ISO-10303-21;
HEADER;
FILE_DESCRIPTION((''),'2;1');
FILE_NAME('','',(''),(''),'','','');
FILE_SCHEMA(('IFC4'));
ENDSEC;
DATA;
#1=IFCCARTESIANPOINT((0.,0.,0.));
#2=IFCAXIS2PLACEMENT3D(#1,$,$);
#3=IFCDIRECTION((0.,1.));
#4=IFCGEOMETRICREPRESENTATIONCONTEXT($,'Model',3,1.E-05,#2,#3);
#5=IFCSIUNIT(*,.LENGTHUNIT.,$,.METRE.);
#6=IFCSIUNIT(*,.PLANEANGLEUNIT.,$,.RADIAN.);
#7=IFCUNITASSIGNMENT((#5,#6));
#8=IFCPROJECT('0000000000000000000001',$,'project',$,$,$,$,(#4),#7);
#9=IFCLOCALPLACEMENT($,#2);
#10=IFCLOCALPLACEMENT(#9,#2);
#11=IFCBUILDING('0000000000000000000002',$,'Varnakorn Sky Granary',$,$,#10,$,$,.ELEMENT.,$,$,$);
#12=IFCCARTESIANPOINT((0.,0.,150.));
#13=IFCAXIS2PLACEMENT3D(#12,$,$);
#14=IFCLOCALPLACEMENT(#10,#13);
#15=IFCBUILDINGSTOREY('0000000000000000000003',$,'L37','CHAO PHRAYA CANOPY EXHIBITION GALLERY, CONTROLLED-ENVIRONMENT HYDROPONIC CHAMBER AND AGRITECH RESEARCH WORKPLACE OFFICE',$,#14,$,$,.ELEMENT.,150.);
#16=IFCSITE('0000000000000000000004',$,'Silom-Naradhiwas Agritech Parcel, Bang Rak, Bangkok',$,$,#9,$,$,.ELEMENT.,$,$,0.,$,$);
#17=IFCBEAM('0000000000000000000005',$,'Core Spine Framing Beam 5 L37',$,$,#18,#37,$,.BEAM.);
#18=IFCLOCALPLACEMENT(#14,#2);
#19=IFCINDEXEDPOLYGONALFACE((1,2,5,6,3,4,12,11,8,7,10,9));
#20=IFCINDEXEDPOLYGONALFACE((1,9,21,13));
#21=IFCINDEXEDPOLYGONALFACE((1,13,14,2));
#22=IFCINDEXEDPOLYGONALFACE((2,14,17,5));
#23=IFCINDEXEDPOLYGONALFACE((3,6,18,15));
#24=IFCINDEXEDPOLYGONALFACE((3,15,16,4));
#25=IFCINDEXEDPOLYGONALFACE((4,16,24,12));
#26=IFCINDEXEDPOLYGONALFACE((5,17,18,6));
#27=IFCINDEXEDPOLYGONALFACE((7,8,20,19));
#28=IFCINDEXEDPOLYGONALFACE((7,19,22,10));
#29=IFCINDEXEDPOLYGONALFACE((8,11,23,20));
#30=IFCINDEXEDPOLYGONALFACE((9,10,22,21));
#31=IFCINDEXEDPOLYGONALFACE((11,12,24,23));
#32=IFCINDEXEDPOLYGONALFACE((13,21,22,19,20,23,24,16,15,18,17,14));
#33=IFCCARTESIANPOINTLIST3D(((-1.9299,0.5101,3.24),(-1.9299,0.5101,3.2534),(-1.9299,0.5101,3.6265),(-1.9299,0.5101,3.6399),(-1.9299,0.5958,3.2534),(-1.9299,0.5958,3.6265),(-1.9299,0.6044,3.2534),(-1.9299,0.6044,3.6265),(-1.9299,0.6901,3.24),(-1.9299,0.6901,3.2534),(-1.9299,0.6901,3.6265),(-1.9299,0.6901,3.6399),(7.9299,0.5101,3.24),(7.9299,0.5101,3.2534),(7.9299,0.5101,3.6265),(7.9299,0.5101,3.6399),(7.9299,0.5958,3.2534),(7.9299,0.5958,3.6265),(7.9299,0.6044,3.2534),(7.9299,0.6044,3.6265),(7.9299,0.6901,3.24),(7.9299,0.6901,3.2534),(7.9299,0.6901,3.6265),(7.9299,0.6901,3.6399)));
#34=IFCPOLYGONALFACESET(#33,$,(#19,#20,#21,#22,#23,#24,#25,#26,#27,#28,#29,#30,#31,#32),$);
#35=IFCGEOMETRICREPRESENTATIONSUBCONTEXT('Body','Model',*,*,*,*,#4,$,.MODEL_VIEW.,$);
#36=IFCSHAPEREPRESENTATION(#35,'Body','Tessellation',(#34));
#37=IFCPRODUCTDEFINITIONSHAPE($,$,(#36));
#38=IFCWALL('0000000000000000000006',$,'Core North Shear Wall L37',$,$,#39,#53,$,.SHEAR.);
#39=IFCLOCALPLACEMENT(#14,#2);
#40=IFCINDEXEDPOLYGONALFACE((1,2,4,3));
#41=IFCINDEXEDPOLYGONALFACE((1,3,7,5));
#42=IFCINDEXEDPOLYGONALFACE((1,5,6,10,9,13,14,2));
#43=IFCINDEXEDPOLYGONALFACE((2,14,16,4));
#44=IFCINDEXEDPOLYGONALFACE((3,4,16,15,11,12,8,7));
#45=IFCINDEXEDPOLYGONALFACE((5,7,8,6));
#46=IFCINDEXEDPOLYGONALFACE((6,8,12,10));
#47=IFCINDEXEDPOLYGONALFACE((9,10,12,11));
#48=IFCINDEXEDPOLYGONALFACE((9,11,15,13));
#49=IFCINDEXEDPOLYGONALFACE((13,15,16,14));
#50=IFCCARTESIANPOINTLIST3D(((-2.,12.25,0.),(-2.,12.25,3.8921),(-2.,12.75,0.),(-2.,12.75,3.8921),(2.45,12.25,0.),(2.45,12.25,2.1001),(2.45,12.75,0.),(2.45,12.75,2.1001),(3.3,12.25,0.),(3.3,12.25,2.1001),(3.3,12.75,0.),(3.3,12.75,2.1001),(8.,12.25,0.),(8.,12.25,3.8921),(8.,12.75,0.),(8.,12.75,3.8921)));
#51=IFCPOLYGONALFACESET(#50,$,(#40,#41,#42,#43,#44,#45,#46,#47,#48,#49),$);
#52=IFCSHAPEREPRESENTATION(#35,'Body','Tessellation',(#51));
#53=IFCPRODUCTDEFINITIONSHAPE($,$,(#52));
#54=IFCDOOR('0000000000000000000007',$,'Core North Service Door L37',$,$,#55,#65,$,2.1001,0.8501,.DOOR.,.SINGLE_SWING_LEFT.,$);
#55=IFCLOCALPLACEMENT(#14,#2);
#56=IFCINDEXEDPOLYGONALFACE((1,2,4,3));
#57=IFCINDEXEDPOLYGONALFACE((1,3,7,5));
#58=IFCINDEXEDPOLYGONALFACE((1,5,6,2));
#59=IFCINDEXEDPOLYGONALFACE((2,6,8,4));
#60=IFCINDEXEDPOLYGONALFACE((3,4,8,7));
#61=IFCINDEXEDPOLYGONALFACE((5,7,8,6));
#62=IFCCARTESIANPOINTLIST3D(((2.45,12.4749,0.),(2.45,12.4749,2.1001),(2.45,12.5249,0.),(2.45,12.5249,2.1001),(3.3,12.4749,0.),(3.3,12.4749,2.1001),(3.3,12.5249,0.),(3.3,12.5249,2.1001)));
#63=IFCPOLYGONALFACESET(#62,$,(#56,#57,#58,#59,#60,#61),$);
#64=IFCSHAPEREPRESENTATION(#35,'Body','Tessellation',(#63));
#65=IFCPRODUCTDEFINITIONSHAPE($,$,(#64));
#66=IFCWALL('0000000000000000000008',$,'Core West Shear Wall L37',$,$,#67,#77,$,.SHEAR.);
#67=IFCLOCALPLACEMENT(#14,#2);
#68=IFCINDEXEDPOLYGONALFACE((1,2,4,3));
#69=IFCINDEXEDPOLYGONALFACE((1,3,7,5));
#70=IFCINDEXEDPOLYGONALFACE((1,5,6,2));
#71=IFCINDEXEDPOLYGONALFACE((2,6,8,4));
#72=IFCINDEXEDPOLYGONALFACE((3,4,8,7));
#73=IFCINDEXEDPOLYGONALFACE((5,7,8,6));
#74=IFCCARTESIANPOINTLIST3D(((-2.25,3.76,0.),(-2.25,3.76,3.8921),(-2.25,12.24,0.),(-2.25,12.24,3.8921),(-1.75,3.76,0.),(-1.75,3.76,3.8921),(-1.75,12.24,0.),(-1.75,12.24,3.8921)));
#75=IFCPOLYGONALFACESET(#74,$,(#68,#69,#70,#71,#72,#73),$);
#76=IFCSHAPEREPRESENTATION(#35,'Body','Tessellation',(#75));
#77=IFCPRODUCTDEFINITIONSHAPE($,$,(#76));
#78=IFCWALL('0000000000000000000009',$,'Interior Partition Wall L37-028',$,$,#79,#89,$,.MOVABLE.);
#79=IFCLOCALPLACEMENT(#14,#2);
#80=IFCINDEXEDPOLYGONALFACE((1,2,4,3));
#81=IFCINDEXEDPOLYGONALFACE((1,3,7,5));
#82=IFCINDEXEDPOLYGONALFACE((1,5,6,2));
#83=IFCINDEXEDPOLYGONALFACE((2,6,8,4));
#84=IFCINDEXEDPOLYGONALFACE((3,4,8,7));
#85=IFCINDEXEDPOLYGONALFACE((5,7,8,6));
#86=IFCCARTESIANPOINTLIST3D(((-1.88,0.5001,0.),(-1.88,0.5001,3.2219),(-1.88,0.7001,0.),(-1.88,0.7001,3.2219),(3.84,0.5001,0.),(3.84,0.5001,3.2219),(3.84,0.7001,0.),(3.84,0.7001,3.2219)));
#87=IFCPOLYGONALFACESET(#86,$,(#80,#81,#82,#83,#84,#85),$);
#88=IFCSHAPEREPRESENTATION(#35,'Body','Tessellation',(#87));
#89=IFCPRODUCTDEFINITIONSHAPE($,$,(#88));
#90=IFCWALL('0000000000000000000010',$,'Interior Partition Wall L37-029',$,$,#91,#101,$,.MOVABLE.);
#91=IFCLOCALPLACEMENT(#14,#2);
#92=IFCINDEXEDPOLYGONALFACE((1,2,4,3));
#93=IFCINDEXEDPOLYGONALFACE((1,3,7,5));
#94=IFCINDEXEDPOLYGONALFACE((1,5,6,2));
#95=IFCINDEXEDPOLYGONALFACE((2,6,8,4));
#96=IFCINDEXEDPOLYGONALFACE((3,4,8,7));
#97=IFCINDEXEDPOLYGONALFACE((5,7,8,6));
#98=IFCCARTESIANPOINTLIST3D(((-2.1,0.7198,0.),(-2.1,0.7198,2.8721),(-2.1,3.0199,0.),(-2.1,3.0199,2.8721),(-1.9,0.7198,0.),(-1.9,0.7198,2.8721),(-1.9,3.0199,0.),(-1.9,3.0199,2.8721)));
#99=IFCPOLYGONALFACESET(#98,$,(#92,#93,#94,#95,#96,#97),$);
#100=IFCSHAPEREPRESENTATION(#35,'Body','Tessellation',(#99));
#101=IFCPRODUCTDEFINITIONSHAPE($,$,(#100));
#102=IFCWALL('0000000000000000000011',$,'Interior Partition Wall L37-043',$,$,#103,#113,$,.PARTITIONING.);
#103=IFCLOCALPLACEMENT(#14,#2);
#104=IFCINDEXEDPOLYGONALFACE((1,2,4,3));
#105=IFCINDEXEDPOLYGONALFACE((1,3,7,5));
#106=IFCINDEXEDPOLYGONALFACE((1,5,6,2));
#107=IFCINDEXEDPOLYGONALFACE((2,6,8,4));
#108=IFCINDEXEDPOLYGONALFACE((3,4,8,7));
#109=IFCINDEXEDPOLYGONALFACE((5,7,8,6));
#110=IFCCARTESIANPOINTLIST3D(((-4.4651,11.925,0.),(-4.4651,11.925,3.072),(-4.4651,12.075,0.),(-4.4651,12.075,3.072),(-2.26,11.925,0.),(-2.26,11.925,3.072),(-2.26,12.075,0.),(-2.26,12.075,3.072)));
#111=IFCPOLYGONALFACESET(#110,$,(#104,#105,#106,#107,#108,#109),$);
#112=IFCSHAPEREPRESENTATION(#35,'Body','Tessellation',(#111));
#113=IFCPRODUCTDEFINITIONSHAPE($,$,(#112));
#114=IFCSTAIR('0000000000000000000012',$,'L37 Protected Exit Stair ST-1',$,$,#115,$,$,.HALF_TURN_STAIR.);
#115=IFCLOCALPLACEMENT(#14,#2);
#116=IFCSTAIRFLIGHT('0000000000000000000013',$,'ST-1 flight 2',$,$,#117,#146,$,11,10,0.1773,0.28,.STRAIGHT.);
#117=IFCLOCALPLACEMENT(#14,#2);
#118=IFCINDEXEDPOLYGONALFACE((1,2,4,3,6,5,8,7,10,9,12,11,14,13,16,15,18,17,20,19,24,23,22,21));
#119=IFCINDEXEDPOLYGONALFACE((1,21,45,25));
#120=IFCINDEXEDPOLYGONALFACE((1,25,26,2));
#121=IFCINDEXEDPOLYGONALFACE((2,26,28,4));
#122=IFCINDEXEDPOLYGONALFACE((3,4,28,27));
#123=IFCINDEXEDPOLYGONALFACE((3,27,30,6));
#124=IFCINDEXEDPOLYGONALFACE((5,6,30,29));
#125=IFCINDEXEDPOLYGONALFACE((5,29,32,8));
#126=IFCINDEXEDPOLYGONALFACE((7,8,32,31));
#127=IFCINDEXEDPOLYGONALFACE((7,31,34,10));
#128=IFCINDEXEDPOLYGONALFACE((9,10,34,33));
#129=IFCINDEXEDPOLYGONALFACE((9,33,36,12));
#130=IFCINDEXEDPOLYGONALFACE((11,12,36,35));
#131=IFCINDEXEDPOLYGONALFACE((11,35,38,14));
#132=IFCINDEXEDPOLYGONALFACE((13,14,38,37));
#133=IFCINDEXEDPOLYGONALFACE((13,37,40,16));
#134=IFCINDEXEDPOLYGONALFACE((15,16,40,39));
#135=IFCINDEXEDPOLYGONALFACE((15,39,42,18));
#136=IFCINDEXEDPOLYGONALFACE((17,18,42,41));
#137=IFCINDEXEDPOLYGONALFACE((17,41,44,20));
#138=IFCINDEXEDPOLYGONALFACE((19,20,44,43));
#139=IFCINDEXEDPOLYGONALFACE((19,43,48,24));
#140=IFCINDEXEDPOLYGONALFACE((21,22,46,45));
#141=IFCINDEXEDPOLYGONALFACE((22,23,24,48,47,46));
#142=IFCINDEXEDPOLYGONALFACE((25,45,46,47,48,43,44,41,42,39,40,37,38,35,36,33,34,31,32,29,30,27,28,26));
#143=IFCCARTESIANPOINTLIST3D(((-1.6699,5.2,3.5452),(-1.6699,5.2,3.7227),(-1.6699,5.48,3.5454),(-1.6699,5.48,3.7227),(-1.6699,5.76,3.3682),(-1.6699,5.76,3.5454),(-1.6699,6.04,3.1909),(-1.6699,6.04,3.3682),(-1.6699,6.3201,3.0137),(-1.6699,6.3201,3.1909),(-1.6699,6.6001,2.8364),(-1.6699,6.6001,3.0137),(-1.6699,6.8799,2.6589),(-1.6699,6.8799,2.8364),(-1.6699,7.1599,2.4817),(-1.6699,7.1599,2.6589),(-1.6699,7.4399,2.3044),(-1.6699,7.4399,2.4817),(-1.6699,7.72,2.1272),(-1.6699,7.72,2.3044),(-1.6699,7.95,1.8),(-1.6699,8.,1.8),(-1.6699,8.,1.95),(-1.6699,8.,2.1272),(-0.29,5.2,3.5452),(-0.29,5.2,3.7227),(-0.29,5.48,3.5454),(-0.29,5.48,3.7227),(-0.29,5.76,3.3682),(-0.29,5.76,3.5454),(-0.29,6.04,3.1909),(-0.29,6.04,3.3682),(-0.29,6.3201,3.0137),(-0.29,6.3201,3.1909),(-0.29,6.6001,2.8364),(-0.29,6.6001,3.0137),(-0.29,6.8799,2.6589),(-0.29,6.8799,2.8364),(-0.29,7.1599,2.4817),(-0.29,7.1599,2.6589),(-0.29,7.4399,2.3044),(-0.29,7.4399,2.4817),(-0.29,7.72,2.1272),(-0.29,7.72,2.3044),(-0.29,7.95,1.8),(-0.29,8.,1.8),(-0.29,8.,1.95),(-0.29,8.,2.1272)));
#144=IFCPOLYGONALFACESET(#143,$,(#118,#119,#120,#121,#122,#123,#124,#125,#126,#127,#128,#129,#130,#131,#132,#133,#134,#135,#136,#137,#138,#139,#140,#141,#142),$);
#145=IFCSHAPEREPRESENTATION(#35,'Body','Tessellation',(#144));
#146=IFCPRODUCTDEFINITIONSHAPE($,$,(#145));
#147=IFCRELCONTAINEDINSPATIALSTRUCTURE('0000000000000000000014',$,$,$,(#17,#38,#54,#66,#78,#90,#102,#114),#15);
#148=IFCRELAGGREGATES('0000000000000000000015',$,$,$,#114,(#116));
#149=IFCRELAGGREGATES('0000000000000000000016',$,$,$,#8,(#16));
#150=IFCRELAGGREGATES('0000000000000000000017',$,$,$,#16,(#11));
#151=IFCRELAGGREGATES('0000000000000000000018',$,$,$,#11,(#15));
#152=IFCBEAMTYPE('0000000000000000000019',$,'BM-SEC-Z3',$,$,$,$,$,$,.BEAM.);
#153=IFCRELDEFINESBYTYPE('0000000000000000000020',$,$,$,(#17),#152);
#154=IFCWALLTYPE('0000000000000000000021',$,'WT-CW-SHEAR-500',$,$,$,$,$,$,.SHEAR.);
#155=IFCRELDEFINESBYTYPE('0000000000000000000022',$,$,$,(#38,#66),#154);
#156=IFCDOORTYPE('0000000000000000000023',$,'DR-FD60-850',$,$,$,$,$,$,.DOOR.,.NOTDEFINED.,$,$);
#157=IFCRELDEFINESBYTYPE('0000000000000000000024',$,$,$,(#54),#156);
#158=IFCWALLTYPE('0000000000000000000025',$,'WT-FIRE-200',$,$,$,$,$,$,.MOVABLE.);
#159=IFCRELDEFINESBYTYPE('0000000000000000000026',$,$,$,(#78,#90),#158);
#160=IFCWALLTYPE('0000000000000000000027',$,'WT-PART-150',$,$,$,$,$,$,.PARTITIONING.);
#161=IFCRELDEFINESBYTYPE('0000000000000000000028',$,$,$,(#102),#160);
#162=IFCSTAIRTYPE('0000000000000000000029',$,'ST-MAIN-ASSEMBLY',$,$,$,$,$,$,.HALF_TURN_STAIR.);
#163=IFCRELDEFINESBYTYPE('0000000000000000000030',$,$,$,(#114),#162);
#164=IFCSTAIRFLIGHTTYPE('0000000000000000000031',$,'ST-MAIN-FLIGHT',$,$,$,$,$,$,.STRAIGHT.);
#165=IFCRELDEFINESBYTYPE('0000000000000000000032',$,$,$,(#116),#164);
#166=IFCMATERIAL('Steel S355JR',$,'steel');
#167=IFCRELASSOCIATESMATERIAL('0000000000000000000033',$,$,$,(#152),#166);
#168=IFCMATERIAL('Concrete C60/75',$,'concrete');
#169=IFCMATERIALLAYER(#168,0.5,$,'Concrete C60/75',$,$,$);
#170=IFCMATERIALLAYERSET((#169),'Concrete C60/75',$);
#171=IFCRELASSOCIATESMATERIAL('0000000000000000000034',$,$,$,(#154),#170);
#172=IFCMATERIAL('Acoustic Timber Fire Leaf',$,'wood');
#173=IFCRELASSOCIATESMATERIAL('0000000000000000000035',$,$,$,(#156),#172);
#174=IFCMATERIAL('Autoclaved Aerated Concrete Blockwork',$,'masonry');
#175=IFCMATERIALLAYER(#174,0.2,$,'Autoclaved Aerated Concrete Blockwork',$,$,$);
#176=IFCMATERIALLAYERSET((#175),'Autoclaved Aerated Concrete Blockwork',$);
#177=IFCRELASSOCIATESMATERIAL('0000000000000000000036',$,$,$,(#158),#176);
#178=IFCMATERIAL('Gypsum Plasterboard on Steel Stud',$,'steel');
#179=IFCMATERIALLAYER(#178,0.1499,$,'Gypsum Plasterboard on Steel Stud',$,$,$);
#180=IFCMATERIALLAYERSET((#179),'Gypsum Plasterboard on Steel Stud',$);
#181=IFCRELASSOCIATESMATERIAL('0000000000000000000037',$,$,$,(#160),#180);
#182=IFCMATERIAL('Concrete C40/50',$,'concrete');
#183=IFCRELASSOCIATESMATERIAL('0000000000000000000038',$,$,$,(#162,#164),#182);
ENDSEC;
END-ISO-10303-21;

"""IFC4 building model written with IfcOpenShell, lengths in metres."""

from ifc_helpers import new_model, si_unit, direction, frame, frame_2d, origin, origin_2d, place, context, subcontext, project, spatial, polyline, rectangle, i_section, outline, extrude, material, layer, layer_set, material_profile, profile_set, type_object, element, fill, aggregate, save


model = new_model("IFC4")

# Units and contexts
model_context = context("Model", 3, precision=1e-05, world=origin(), true_north=direction((0.0, 1.0)))
body_context = subcontext(model_context, "Body", "Model", "MODEL_VIEW")
ifc_project = project(units=[si_unit("LENGTHUNIT", "METRE"), si_unit("PLANEANGLEUNIT", "RADIAN")], contexts=[model_context])

# Site, building, storey
site_placement = place(None, origin())
site = spatial("IfcSite", under=ifc_project, at=site_placement, Name="Silom-Naradhiwas Agritech Parcel, Bang Rak, Bangkok", CompositionType="ELEMENT", RefElevation=0.0)
building_placement = place(site_placement, origin())
building = spatial("IfcBuilding", under=site, at=building_placement, Name="Varnakorn Sky Granary", CompositionType="ELEMENT")
storey_placement = place(building_placement, frame((0.0, 0.0, 150.0)))
storey = spatial("IfcBuildingStorey", under=building, at=storey_placement, Name="L37", Description="CHAO PHRAYA CANOPY EXHIBITION GALLERY, CONTROLLED-ENVIRONMENT HYDROPONIC CHAMBER AND AGRITECH RESEARCH WORKPLACE OFFICE", CompositionType="ELEMENT", Elevation=150.0)

# Beam
ifc_material_1 = material(Name="Steel S355JR", Category="steel")
ifc_material_2 = material(Name="Concrete C60/75", Category="concrete")
ifc_material_profile_1 = material_profile(ifc_material_1, i_section(OverallWidth=0.1799, OverallDepth=0.3999, WebThickness=0.0085, FlangeThickness=0.0134, at=origin_2d()), Name="IPE 400")
ifc_profile_set_1 = profile_set([ifc_material_profile_1], Name="Steel S355JR")
beam_type_1 = type_object("IfcBeamType", Name="BM-SEC-Z3", PredefinedType="BEAM", material=ifc_profile_set_1)
beam_1_placement = place(storey_placement, frame((-1.9299, 0.6001, 3.4399), z_axis=(1.0, 0.0, 0.0), x_axis=(0.0, 1.0, 0.0)))
element("IfcBeam", 1, at=beam_1_placement, inside=storey, type_object=beam_type_1, Name="Core Spine Framing Beam 5 L37", PredefinedType="BEAM", context=body_context, shape_type="SweptSolid", body=[
    extrude(i_section(OverallWidth=0.1799, OverallDepth=0.3999, WebThickness=0.0085, FlangeThickness=0.0134, at=origin_2d()), origin(), (0.0, 0.0, 1.0), 9.8599),
])

# Shared definitions
ifc_layer_1 = layer(ifc_material_2, 0.5, Name="Concrete C60/75")
ifc_layer_set_1 = layer_set([ifc_layer_1], Name="Concrete C60/75")
wall_type_1 = type_object("IfcWallType", Name="WT-CW-SHEAR-500", PredefinedType="SHEAR", material=ifc_layer_set_1)

# Wall, opening, door
wall_1_placement = place(storey_placement, frame((-2.0, 12.5, 0.0), z_axis=(0.0, 0.0, 1.0), x_axis=(1.0, 0.0, 0.0)))
wall_1 = element("IfcWall", 2, at=wall_1_placement, inside=storey, type_object=wall_type_1, Name="Core North Shear Wall L37", PredefinedType="SHEAR", context=body_context, shape_type="SweptSolid", body=[
    extrude(rectangle(XDim=10.0, YDim=0.5, at=frame_2d((5.0, 0.0))), origin(), (0.0, 0.0, 1.0), 3.8921),
])
opening_1_placement = place(wall_1_placement, frame((4.45, 0.0, 0.0)))
opening_1 = element("IfcOpeningElement", 3, at=opening_1_placement, cuts=wall_1, PredefinedType="OPENING", context=body_context, shape_type="SweptSolid", body=[
    extrude(rectangle(XDim=0.8501, YDim=2.1001, at=frame_2d((0.425, 1.05))), frame((0.0, 0.26, 0.0), z_axis=(0.0, -1.0, 0.0), x_axis=(1.0, 0.0, 0.0)), (0.0, 0.0, 1.0), 0.52),
])
ifc_material_3 = material(Name="Acoustic Timber Fire Leaf", Category="wood")
door_type_1 = type_object("IfcDoorType", Name="DR-FD60-850", OperationType="NOTDEFINED", PredefinedType="DOOR", material=ifc_material_3)
door_1_placement = place(opening_1_placement, origin())
door_1 = element("IfcDoor", 4, at=door_1_placement, inside=storey, type_object=door_type_1, Name="Core North Service Door L37", OperationType="SINGLE_SWING_LEFT", OverallHeight=2.1001, OverallWidth=0.8501, PredefinedType="DOOR", context=body_context, shape_type="SweptSolid", body=[
    extrude(rectangle(XDim=0.8501, YDim=2.1001, at=frame_2d((0.425, 1.05))), frame((0.0, 0.0249, 0.0), z_axis=(0.0, -1.0, 0.0), x_axis=(1.0, 0.0, 0.0)), (0.0, 0.0, 1.0), 0.05),
])
fill(opening_1, door_1)

# Walls
wall_2_placement = place(storey_placement, frame((-2.0, 3.76, 0.0), z_axis=(0.0, 0.0, 1.0), x_axis=(0.0, 1.0, 0.0)))
element("IfcWall", 5, at=wall_2_placement, inside=storey, type_object=wall_type_1, Name="Core West Shear Wall L37", PredefinedType="SHEAR", context=body_context, shape_type="SweptSolid", body=[
    extrude(rectangle(XDim=8.48, YDim=0.5, at=frame_2d((4.24, 0.0))), origin(), (0.0, 0.0, 1.0), 3.8921),
])
ifc_material_4 = material(Name="Autoclaved Aerated Concrete Blockwork", Category="masonry")
ifc_layer_2 = layer(ifc_material_4, 0.2, Name="Autoclaved Aerated Concrete Blockwork")
ifc_layer_set_2 = layer_set([ifc_layer_2], Name="Autoclaved Aerated Concrete Blockwork")
wall_type_2 = type_object("IfcWallType", Name="WT-FIRE-200", PredefinedType="MOVABLE", material=ifc_layer_set_2)
wall_3_placement = place(storey_placement, frame((-1.8799, 0.6001, 0.0), z_axis=(0.0, 0.0, 1.0), x_axis=(1.0, 0.0, 0.0)))
element("IfcWall", 6, at=wall_3_placement, inside=storey, type_object=wall_type_2, Name="Interior Partition Wall L37-028", PredefinedType="MOVABLE", context=body_context, shape_type="SweptSolid", body=[
    extrude(rectangle(XDim=5.72, YDim=0.2, at=frame_2d((2.8599, 0.0))), origin(), (0.0, 0.0, 1.0), 3.2219),
])
wall_4_placement = place(storey_placement, frame((-2.0, 0.72, 0.0), z_axis=(0.0, 0.0, 1.0), x_axis=(0.0, 1.0, 0.0)))
element("IfcWall", 7, at=wall_4_placement, inside=storey, type_object=wall_type_2, Name="Interior Partition Wall L37-029", PredefinedType="MOVABLE", context=body_context, shape_type="SweptSolid", body=[
    extrude(rectangle(XDim=2.3, YDim=0.2, at=frame_2d((1.1499, 0.0))), origin(), (0.0, 0.0, 1.0), 2.8721),
])
ifc_material_5 = material(Name="Gypsum Plasterboard on Steel Stud", Category="steel")
ifc_layer_3 = layer(ifc_material_5, 0.1499, Name="Gypsum Plasterboard on Steel Stud")
ifc_layer_set_3 = layer_set([ifc_layer_3], Name="Gypsum Plasterboard on Steel Stud")
wall_type_3 = type_object("IfcWallType", Name="WT-PART-150", PredefinedType="PARTITIONING", material=ifc_layer_set_3)
wall_5_placement = place(storey_placement, frame((-4.4651, 12.0, 0.0), z_axis=(0.0, 0.0, 1.0), x_axis=(1.0, 0.0, 0.0)))
element("IfcWall", 8, at=wall_5_placement, inside=storey, type_object=wall_type_3, Name="Interior Partition Wall L37-043", PredefinedType="PARTITIONING", context=body_context, shape_type="SweptSolid", body=[
    extrude(rectangle(XDim=2.2051, YDim=0.1499, at=frame_2d((1.1025, 0.0))), origin(), (0.0, 0.0, 1.0), 3.072),
])

# Stair, stair flight
ifc_material_6 = material(Name="Concrete C40/50", Category="concrete")
stair_type = type_object("IfcStairType", Name="ST-MAIN-ASSEMBLY", PredefinedType="HALF_TURN_STAIR", material=ifc_material_6)
stair_placement = place(storey_placement, origin())
stair = element("IfcStair", 9, at=stair_placement, inside=storey, type_object=stair_type, Name="L37 Protected Exit Stair ST-1", PredefinedType="HALF_TURN_STAIR")
stair_flight_type = type_object("IfcStairFlightType", Name="ST-MAIN-FLIGHT", PredefinedType="STRAIGHT", material=ifc_material_6)
stair_flight_placement = place(storey_placement, frame((-0.98, 8.0, 1.95), z_axis=(0.0, 0.0, 1.0), x_axis=(0.0, -1.0, 0.0)))
stair_flight = element("IfcStairFlight", 10, at=stair_flight_placement, type_object=stair_flight_type, Name="ST-1 flight 2", NumberOfRisers=11, NumberOfTreads=10, PredefinedType="STRAIGHT", RiserHeight=0.1773, TreadLength=0.28, context=body_context, shape_type="SweptSolid", body=[
    extrude(outline(polyline([(0.0, -0.1499), (0.0, 0.0), (0.0, 0.1772), (0.28, 0.1772), (0.28, 0.3545), (0.5601, 0.3545), (0.5601, 0.5317), (0.8401, 0.5317), (0.8401, 0.709), (1.1201, 0.709), (1.1201, 0.8865), (1.3999, 0.8865), (1.3999, 1.0637), (1.6799, 1.0637), (1.6799, 1.241), (1.96, 1.241), (1.96, 1.4182), (2.24, 1.4182), (2.24, 1.5955), (2.52, 1.5955), (2.52, 1.7727), (2.8, 1.7727), (2.8, 1.95), (2.8, 1.5952), (0.05, -0.1499), (0.0, -0.1499)])), frame((0.0, 0.6899, 0.0), z_axis=(0.0, -1.0, 0.0), x_axis=(1.0, 0.0, 0.0)), (0.0, 0.0, 1.0), 1.3799),
])
aggregate(stair, [stair_flight])

save(model, "model.ifc")
